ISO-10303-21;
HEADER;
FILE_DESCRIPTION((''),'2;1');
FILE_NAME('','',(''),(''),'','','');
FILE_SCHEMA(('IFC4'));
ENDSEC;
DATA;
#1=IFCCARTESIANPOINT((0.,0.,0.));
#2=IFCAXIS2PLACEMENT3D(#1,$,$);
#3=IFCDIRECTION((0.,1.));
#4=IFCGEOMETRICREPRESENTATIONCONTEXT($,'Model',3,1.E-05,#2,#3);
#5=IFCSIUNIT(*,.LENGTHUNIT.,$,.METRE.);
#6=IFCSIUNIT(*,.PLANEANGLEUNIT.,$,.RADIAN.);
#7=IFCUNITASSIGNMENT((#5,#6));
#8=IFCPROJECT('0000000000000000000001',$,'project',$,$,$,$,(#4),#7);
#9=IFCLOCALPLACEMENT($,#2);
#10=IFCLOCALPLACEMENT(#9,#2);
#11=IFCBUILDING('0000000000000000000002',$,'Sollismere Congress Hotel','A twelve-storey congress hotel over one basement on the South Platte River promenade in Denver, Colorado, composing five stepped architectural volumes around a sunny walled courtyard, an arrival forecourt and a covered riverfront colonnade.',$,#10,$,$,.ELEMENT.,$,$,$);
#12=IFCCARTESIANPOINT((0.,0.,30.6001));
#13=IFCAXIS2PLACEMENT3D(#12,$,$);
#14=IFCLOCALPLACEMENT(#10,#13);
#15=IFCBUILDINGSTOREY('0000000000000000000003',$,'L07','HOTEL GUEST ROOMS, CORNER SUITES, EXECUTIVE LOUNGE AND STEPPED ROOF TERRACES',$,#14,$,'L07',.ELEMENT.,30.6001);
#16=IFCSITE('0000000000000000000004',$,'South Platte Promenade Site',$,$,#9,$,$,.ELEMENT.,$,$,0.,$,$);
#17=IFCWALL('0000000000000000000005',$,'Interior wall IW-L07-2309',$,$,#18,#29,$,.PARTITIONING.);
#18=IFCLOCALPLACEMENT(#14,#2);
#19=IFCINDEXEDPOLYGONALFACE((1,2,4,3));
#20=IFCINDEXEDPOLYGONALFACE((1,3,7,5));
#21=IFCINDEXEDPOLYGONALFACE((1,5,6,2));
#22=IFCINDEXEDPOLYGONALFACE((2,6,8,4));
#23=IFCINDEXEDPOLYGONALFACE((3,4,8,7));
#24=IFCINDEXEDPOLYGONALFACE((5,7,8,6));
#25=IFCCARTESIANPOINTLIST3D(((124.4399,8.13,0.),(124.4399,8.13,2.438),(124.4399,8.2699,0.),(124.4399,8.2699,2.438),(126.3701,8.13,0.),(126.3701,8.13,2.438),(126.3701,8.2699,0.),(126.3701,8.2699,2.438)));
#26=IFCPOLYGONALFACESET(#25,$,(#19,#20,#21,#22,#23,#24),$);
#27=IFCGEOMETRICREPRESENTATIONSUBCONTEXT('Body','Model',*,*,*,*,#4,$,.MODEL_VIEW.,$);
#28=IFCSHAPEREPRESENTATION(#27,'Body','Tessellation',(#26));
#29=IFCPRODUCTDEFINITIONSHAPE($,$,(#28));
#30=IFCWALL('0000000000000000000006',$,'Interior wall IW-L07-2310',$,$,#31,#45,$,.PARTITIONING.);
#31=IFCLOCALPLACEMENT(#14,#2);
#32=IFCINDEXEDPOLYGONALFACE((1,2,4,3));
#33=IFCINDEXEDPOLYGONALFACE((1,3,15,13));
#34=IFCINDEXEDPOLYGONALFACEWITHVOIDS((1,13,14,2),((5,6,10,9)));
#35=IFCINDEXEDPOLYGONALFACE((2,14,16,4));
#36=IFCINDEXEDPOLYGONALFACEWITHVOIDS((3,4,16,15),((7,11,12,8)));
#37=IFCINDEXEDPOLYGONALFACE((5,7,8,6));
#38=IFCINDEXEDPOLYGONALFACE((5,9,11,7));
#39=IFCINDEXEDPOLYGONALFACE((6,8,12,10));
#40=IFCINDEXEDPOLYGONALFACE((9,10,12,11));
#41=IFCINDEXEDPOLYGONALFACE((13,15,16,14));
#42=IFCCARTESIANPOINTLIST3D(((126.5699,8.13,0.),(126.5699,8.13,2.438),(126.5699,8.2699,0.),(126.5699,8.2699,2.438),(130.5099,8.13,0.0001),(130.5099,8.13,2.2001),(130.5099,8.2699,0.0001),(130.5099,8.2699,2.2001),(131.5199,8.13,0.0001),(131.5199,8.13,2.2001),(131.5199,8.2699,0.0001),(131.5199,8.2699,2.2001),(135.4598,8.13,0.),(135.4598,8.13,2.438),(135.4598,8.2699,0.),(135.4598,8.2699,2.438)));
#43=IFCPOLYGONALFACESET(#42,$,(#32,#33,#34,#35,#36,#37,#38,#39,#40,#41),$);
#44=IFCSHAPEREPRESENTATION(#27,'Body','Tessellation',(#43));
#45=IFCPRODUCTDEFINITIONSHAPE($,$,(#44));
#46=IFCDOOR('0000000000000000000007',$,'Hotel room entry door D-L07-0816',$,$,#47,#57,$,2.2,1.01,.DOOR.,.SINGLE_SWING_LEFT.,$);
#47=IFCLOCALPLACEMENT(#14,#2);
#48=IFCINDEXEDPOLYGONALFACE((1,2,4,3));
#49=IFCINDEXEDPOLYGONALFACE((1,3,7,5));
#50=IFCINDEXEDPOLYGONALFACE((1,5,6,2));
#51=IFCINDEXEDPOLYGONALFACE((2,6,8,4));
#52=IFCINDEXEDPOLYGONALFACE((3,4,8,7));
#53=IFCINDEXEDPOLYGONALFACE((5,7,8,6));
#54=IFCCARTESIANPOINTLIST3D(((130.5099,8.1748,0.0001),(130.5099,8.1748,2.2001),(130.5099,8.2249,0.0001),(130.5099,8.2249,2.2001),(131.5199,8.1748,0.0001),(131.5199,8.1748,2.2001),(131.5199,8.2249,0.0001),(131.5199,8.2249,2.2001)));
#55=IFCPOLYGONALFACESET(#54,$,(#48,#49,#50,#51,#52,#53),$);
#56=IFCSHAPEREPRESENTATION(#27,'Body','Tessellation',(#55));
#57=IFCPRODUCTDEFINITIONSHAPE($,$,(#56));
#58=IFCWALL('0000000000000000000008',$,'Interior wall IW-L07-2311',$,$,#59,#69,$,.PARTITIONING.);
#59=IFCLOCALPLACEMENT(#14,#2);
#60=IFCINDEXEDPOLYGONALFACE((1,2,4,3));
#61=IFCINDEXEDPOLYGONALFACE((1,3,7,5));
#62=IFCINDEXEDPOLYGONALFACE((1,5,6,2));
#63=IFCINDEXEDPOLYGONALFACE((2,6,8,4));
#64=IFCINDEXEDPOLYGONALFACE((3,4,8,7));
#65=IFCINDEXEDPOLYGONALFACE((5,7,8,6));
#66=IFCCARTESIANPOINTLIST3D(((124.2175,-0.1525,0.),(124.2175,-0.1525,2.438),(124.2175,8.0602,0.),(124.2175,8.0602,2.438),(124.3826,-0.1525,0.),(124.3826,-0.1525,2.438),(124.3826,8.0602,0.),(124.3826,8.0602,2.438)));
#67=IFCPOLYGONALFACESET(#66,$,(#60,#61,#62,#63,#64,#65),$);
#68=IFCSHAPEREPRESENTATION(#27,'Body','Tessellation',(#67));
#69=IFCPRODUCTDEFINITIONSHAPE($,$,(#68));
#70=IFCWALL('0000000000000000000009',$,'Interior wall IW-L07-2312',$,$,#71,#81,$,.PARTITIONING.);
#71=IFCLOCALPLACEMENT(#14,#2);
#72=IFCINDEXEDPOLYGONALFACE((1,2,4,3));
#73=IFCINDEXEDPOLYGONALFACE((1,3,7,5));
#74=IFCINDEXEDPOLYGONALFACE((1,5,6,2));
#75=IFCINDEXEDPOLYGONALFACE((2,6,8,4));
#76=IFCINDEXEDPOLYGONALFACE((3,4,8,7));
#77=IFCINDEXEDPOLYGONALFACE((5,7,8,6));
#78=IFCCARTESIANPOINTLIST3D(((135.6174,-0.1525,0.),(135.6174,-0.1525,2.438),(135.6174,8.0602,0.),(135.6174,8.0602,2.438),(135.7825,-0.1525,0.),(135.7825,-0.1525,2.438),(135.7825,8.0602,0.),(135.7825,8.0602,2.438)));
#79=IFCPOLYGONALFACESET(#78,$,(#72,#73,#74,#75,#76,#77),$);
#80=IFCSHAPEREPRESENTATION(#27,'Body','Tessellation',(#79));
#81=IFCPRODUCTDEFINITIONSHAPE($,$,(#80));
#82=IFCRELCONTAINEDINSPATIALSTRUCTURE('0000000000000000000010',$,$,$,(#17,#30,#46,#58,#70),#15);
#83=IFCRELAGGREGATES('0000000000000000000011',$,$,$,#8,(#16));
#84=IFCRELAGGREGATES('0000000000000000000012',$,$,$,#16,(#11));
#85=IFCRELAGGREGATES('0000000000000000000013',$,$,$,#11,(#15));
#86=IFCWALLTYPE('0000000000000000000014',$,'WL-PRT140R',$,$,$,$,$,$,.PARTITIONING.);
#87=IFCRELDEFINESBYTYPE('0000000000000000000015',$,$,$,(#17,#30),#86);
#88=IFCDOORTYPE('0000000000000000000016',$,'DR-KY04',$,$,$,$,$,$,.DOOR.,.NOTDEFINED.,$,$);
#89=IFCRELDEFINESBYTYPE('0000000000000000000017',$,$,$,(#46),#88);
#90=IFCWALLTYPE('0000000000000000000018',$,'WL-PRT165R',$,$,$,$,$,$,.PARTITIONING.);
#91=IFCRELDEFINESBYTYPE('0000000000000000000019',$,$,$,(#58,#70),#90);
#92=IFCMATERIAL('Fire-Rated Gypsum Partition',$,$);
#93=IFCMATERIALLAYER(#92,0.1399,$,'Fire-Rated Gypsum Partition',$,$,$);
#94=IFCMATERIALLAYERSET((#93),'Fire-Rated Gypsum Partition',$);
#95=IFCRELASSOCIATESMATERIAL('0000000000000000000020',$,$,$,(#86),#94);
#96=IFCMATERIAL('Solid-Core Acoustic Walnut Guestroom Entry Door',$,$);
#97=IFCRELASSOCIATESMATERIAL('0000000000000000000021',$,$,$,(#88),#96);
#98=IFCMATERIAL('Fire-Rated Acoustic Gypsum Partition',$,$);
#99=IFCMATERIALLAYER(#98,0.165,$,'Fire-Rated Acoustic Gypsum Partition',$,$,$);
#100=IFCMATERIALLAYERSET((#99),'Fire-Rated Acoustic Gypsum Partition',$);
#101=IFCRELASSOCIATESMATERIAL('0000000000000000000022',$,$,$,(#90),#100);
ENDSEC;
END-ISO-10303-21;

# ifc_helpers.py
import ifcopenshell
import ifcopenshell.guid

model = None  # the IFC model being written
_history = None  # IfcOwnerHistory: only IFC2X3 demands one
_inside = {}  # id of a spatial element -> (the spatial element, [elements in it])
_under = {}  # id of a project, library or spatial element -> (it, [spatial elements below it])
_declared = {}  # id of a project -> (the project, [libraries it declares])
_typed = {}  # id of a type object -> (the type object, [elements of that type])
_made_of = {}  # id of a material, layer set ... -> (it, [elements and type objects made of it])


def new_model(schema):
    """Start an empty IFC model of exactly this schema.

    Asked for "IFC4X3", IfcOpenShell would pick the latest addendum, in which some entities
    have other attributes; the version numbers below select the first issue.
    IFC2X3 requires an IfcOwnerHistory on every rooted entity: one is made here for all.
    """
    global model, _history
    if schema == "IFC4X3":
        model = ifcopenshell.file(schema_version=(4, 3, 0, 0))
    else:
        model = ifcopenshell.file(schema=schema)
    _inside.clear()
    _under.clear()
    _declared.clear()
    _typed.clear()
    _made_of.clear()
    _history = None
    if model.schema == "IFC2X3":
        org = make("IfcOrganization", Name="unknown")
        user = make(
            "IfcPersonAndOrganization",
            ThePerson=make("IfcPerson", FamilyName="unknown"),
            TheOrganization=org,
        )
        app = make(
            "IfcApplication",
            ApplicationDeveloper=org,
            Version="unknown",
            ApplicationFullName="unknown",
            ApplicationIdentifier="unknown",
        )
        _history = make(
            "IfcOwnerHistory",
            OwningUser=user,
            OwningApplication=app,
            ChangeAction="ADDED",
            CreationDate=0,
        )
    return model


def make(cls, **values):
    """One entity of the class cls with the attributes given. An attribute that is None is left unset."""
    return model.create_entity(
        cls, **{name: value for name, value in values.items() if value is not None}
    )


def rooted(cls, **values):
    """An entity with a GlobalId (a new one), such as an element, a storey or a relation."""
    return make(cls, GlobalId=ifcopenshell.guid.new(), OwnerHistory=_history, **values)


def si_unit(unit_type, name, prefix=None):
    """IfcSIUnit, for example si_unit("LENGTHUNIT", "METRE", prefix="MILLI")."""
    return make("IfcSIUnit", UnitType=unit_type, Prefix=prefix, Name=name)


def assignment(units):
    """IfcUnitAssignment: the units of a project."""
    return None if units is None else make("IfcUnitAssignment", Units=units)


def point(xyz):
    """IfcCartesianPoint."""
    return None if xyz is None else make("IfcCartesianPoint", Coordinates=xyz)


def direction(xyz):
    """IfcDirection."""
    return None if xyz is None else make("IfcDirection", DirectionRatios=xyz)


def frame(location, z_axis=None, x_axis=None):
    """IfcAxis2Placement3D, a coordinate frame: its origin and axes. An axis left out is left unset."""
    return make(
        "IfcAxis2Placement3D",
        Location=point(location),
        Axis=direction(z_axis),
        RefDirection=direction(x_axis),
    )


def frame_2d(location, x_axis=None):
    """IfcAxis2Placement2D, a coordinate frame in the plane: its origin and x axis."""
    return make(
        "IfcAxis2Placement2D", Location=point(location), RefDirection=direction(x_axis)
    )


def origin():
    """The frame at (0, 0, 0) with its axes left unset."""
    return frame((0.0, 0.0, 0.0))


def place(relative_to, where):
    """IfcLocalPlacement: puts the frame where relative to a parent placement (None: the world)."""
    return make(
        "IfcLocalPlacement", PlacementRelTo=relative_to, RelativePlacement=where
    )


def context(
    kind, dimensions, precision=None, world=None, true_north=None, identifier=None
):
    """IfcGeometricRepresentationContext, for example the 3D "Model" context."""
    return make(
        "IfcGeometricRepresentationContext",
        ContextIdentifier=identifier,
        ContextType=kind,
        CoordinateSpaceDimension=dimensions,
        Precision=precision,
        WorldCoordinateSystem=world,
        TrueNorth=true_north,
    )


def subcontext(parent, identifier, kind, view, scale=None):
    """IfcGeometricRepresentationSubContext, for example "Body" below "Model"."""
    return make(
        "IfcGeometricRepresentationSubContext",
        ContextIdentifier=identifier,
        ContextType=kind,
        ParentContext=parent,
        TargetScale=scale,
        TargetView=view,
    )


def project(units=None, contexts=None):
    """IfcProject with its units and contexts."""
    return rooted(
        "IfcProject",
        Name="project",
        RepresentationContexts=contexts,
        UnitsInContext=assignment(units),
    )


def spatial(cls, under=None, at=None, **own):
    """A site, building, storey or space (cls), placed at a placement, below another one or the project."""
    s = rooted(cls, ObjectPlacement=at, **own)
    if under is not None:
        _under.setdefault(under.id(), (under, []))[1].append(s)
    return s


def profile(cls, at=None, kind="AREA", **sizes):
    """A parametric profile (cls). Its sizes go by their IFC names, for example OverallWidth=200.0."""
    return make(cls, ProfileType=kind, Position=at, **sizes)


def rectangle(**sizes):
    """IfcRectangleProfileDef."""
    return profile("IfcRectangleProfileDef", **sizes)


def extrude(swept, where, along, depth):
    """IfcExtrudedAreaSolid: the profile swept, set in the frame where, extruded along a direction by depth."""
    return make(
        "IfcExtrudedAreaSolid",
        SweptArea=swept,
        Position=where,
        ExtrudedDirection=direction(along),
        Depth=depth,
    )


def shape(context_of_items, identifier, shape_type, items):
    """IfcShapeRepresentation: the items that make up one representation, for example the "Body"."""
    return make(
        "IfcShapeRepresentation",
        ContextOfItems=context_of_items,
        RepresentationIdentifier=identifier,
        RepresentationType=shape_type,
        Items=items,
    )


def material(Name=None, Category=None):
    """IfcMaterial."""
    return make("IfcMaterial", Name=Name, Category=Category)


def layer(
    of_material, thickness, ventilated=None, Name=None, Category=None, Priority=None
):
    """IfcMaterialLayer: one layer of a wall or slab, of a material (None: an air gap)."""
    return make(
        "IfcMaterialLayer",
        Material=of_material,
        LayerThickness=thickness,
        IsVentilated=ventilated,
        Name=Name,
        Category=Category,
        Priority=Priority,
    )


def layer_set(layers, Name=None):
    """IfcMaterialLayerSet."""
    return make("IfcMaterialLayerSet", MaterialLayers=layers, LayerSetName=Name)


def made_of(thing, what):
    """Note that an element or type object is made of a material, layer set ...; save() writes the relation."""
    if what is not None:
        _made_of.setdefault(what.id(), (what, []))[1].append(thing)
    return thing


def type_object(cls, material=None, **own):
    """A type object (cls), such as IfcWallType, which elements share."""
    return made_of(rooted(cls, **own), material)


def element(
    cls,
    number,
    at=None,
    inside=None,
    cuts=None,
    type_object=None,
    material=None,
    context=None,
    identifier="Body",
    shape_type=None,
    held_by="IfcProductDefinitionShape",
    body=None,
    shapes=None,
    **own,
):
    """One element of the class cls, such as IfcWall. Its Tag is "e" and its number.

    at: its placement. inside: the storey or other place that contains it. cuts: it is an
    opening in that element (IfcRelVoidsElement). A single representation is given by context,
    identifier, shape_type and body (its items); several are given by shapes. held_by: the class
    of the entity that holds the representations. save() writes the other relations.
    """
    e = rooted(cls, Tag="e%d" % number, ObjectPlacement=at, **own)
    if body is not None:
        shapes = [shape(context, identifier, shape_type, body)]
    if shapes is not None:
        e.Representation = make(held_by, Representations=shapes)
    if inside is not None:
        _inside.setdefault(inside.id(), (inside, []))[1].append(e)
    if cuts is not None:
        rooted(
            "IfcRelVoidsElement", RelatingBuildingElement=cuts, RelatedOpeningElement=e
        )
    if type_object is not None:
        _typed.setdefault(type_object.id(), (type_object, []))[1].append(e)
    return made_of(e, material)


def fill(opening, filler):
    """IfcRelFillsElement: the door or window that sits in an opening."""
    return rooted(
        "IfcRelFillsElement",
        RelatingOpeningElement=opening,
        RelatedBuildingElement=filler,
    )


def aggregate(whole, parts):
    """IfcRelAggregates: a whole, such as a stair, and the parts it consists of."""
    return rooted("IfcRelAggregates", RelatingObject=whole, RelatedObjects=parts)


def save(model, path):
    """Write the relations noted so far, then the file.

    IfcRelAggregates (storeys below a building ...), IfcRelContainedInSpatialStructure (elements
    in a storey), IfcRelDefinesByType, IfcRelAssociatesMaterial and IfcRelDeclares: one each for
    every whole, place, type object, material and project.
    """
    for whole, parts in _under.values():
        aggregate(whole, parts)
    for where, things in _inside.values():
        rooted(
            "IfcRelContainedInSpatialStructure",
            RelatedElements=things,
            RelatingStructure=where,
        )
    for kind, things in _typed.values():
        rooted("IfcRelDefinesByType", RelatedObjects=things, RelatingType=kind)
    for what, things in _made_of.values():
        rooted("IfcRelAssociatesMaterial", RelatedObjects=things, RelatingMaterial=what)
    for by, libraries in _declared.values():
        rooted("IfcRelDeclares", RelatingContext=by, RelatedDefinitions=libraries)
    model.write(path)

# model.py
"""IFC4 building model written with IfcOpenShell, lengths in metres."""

from ifc_helpers import new_model, si_unit, direction, frame, frame_2d, origin, place, context, subcontext, project, spatial, rectangle, extrude, material, layer, layer_set, type_object, element, fill, save


model = new_model("IFC4")

# Units and contexts
model_context = context("Model", 3, precision=1e-05, world=origin(), true_north=direction((0.0, 1.0)))
body_context = subcontext(model_context, "Body", "Model", "MODEL_VIEW")
ifc_project = project(units=[si_unit("LENGTHUNIT", "METRE"), si_unit("PLANEANGLEUNIT", "RADIAN")], contexts=[model_context])

# Site, building, storey
site_placement = place(None, origin())
site = spatial("IfcSite", under=ifc_project, at=site_placement, Name="South Platte Promenade Site", CompositionType="ELEMENT", RefElevation=0.0)
building_placement = place(site_placement, origin())
building = spatial("IfcBuilding", under=site, at=building_placement, Name="Sollismere Congress Hotel", Description="A twelve-storey congress hotel over one basement on the South Platte River promenade in Denver, Colorado, composing five stepped architectural volumes around a sunny walled courtyard, an arrival forecourt and a covered riverfront colonnade.", CompositionType="ELEMENT")
storey_placement = place(building_placement, frame((0.0, 0.0, 30.6001)))
storey = spatial("IfcBuildingStorey", under=building, at=storey_placement, Name="L07", Description="HOTEL GUEST ROOMS, CORNER SUITES, EXECUTIVE LOUNGE AND STEPPED ROOF TERRACES", LongName="L07", CompositionType="ELEMENT", Elevation=30.6001)

# Wall
ifc_material_1 = material(Name="Fire-Rated Gypsum Partition")
ifc_layer_1 = layer(ifc_material_1, 0.1399, Name="Fire-Rated Gypsum Partition")
ifc_layer_set_1 = layer_set([ifc_layer_1], Name="Fire-Rated Gypsum Partition")
wall_type_1 = type_object("IfcWallType", Name="WL-PRT140R", PredefinedType="PARTITIONING", material=ifc_layer_set_1)
wall_1_placement = place(storey_placement, frame((124.4399, 8.2, 0.0), z_axis=(0.0, 0.0, 1.0), x_axis=(1.0, 0.0, 0.0)))
element("IfcWall", 1, at=wall_1_placement, inside=storey, type_object=wall_type_1, Name="Interior wall IW-L07-2309", PredefinedType="PARTITIONING", context=body_context, shape_type="SweptSolid", body=[
    extrude(rectangle(XDim=1.9302, YDim=0.1399, at=frame_2d((0.9651, 0.0))), origin(), (0.0, 0.0, 1.0), 2.438),
])

# Wall, opening, door
wall_2_placement = place(storey_placement, frame((126.5701, 8.2, 0.0), z_axis=(0.0, 0.0, 1.0), x_axis=(1.0, 0.0, 0.0)))
wall_2 = element("IfcWall", 2, at=wall_2_placement, inside=storey, type_object=wall_type_1, Name="Interior wall IW-L07-2310", PredefinedType="PARTITIONING", context=body_context, shape_type="SweptSolid", body=[
    extrude(rectangle(XDim=8.8899, YDim=0.1399, at=frame_2d((4.4448, 0.0))), origin(), (0.0, 0.0, 1.0), 2.438),
])
opening_1_placement = place(wall_2_placement, frame((3.9399, 0.0, 0.0)))
opening_1 = element("IfcOpeningElement", 3, at=opening_1_placement, cuts=wall_2, PredefinedType="OPENING", context=body_context, shape_type="SweptSolid", body=[
    extrude(rectangle(XDim=1.01, YDim=2.2, at=frame_2d((0.5049, 1.1001))), frame((0.0, 0.0798, 0.0), z_axis=(0.0, -1.0, 0.0), x_axis=(1.0, 0.0, 0.0)), (0.0, 0.0, 1.0), 0.1599),
])
ifc_material_2 = material(Name="Solid-Core Acoustic Walnut Guestroom Entry Door")
door_type_1 = type_object("IfcDoorType", Name="DR-KY04", OperationType="NOTDEFINED", PredefinedType="DOOR", material=ifc_material_2)
door_1_placement = place(opening_1_placement, origin())
door_1 = element("IfcDoor", 4, at=door_1_placement, inside=storey, type_object=door_type_1, Name="Hotel room entry door D-L07-0816", OperationType="SINGLE_SWING_LEFT", OverallHeight=2.2, OverallWidth=1.01, PredefinedType="DOOR", context=body_context, shape_type="SweptSolid", body=[
    extrude(rectangle(XDim=1.01, YDim=2.2, at=frame_2d((0.5049, 1.1001))), frame((0.0, 0.0249, 0.0), z_axis=(0.0, -1.0, 0.0), x_axis=(1.0, 0.0, 0.0)), (0.0, 0.0, 1.0), 0.05),
])
fill(opening_1, door_1)

# Walls
ifc_material_3 = material(Name="Fire-Rated Acoustic Gypsum Partition")
ifc_layer_2 = layer(ifc_material_3, 0.165, Name="Fire-Rated Acoustic Gypsum Partition")
ifc_layer_set_2 = layer_set([ifc_layer_2], Name="Fire-Rated Acoustic Gypsum Partition")
wall_type_2 = type_object("IfcWallType", Name="WL-PRT165R", PredefinedType="PARTITIONING", material=ifc_layer_set_2)
for number, where, z_axis, x_axis, name in (
    (5, (124.3, -0.1526, 0.0), (0.0, 0.0, 1.0), (0.0, 1.0, 0.0), "Interior wall IW-L07-2311"),
    (6, (135.7, -0.1526, 0.0), (0.0, 0.0, 1.0), (0.0, 1.0, 0.0), "Interior wall IW-L07-2312"),
):
    element("IfcWall", number, at=place(storey_placement, frame(where, z_axis=z_axis, x_axis=x_axis)), inside=storey, type_object=wall_type_2, Name=name, PredefinedType="PARTITIONING", context=body_context, shape_type="SweptSolid", body=[
        extrude(rectangle(XDim=8.2126, YDim=0.165, at=frame_2d((4.1064, 0.0))), origin(), (0.0, 0.0, 1.0), 2.438),
    ])

save(model, "model.ifc")
